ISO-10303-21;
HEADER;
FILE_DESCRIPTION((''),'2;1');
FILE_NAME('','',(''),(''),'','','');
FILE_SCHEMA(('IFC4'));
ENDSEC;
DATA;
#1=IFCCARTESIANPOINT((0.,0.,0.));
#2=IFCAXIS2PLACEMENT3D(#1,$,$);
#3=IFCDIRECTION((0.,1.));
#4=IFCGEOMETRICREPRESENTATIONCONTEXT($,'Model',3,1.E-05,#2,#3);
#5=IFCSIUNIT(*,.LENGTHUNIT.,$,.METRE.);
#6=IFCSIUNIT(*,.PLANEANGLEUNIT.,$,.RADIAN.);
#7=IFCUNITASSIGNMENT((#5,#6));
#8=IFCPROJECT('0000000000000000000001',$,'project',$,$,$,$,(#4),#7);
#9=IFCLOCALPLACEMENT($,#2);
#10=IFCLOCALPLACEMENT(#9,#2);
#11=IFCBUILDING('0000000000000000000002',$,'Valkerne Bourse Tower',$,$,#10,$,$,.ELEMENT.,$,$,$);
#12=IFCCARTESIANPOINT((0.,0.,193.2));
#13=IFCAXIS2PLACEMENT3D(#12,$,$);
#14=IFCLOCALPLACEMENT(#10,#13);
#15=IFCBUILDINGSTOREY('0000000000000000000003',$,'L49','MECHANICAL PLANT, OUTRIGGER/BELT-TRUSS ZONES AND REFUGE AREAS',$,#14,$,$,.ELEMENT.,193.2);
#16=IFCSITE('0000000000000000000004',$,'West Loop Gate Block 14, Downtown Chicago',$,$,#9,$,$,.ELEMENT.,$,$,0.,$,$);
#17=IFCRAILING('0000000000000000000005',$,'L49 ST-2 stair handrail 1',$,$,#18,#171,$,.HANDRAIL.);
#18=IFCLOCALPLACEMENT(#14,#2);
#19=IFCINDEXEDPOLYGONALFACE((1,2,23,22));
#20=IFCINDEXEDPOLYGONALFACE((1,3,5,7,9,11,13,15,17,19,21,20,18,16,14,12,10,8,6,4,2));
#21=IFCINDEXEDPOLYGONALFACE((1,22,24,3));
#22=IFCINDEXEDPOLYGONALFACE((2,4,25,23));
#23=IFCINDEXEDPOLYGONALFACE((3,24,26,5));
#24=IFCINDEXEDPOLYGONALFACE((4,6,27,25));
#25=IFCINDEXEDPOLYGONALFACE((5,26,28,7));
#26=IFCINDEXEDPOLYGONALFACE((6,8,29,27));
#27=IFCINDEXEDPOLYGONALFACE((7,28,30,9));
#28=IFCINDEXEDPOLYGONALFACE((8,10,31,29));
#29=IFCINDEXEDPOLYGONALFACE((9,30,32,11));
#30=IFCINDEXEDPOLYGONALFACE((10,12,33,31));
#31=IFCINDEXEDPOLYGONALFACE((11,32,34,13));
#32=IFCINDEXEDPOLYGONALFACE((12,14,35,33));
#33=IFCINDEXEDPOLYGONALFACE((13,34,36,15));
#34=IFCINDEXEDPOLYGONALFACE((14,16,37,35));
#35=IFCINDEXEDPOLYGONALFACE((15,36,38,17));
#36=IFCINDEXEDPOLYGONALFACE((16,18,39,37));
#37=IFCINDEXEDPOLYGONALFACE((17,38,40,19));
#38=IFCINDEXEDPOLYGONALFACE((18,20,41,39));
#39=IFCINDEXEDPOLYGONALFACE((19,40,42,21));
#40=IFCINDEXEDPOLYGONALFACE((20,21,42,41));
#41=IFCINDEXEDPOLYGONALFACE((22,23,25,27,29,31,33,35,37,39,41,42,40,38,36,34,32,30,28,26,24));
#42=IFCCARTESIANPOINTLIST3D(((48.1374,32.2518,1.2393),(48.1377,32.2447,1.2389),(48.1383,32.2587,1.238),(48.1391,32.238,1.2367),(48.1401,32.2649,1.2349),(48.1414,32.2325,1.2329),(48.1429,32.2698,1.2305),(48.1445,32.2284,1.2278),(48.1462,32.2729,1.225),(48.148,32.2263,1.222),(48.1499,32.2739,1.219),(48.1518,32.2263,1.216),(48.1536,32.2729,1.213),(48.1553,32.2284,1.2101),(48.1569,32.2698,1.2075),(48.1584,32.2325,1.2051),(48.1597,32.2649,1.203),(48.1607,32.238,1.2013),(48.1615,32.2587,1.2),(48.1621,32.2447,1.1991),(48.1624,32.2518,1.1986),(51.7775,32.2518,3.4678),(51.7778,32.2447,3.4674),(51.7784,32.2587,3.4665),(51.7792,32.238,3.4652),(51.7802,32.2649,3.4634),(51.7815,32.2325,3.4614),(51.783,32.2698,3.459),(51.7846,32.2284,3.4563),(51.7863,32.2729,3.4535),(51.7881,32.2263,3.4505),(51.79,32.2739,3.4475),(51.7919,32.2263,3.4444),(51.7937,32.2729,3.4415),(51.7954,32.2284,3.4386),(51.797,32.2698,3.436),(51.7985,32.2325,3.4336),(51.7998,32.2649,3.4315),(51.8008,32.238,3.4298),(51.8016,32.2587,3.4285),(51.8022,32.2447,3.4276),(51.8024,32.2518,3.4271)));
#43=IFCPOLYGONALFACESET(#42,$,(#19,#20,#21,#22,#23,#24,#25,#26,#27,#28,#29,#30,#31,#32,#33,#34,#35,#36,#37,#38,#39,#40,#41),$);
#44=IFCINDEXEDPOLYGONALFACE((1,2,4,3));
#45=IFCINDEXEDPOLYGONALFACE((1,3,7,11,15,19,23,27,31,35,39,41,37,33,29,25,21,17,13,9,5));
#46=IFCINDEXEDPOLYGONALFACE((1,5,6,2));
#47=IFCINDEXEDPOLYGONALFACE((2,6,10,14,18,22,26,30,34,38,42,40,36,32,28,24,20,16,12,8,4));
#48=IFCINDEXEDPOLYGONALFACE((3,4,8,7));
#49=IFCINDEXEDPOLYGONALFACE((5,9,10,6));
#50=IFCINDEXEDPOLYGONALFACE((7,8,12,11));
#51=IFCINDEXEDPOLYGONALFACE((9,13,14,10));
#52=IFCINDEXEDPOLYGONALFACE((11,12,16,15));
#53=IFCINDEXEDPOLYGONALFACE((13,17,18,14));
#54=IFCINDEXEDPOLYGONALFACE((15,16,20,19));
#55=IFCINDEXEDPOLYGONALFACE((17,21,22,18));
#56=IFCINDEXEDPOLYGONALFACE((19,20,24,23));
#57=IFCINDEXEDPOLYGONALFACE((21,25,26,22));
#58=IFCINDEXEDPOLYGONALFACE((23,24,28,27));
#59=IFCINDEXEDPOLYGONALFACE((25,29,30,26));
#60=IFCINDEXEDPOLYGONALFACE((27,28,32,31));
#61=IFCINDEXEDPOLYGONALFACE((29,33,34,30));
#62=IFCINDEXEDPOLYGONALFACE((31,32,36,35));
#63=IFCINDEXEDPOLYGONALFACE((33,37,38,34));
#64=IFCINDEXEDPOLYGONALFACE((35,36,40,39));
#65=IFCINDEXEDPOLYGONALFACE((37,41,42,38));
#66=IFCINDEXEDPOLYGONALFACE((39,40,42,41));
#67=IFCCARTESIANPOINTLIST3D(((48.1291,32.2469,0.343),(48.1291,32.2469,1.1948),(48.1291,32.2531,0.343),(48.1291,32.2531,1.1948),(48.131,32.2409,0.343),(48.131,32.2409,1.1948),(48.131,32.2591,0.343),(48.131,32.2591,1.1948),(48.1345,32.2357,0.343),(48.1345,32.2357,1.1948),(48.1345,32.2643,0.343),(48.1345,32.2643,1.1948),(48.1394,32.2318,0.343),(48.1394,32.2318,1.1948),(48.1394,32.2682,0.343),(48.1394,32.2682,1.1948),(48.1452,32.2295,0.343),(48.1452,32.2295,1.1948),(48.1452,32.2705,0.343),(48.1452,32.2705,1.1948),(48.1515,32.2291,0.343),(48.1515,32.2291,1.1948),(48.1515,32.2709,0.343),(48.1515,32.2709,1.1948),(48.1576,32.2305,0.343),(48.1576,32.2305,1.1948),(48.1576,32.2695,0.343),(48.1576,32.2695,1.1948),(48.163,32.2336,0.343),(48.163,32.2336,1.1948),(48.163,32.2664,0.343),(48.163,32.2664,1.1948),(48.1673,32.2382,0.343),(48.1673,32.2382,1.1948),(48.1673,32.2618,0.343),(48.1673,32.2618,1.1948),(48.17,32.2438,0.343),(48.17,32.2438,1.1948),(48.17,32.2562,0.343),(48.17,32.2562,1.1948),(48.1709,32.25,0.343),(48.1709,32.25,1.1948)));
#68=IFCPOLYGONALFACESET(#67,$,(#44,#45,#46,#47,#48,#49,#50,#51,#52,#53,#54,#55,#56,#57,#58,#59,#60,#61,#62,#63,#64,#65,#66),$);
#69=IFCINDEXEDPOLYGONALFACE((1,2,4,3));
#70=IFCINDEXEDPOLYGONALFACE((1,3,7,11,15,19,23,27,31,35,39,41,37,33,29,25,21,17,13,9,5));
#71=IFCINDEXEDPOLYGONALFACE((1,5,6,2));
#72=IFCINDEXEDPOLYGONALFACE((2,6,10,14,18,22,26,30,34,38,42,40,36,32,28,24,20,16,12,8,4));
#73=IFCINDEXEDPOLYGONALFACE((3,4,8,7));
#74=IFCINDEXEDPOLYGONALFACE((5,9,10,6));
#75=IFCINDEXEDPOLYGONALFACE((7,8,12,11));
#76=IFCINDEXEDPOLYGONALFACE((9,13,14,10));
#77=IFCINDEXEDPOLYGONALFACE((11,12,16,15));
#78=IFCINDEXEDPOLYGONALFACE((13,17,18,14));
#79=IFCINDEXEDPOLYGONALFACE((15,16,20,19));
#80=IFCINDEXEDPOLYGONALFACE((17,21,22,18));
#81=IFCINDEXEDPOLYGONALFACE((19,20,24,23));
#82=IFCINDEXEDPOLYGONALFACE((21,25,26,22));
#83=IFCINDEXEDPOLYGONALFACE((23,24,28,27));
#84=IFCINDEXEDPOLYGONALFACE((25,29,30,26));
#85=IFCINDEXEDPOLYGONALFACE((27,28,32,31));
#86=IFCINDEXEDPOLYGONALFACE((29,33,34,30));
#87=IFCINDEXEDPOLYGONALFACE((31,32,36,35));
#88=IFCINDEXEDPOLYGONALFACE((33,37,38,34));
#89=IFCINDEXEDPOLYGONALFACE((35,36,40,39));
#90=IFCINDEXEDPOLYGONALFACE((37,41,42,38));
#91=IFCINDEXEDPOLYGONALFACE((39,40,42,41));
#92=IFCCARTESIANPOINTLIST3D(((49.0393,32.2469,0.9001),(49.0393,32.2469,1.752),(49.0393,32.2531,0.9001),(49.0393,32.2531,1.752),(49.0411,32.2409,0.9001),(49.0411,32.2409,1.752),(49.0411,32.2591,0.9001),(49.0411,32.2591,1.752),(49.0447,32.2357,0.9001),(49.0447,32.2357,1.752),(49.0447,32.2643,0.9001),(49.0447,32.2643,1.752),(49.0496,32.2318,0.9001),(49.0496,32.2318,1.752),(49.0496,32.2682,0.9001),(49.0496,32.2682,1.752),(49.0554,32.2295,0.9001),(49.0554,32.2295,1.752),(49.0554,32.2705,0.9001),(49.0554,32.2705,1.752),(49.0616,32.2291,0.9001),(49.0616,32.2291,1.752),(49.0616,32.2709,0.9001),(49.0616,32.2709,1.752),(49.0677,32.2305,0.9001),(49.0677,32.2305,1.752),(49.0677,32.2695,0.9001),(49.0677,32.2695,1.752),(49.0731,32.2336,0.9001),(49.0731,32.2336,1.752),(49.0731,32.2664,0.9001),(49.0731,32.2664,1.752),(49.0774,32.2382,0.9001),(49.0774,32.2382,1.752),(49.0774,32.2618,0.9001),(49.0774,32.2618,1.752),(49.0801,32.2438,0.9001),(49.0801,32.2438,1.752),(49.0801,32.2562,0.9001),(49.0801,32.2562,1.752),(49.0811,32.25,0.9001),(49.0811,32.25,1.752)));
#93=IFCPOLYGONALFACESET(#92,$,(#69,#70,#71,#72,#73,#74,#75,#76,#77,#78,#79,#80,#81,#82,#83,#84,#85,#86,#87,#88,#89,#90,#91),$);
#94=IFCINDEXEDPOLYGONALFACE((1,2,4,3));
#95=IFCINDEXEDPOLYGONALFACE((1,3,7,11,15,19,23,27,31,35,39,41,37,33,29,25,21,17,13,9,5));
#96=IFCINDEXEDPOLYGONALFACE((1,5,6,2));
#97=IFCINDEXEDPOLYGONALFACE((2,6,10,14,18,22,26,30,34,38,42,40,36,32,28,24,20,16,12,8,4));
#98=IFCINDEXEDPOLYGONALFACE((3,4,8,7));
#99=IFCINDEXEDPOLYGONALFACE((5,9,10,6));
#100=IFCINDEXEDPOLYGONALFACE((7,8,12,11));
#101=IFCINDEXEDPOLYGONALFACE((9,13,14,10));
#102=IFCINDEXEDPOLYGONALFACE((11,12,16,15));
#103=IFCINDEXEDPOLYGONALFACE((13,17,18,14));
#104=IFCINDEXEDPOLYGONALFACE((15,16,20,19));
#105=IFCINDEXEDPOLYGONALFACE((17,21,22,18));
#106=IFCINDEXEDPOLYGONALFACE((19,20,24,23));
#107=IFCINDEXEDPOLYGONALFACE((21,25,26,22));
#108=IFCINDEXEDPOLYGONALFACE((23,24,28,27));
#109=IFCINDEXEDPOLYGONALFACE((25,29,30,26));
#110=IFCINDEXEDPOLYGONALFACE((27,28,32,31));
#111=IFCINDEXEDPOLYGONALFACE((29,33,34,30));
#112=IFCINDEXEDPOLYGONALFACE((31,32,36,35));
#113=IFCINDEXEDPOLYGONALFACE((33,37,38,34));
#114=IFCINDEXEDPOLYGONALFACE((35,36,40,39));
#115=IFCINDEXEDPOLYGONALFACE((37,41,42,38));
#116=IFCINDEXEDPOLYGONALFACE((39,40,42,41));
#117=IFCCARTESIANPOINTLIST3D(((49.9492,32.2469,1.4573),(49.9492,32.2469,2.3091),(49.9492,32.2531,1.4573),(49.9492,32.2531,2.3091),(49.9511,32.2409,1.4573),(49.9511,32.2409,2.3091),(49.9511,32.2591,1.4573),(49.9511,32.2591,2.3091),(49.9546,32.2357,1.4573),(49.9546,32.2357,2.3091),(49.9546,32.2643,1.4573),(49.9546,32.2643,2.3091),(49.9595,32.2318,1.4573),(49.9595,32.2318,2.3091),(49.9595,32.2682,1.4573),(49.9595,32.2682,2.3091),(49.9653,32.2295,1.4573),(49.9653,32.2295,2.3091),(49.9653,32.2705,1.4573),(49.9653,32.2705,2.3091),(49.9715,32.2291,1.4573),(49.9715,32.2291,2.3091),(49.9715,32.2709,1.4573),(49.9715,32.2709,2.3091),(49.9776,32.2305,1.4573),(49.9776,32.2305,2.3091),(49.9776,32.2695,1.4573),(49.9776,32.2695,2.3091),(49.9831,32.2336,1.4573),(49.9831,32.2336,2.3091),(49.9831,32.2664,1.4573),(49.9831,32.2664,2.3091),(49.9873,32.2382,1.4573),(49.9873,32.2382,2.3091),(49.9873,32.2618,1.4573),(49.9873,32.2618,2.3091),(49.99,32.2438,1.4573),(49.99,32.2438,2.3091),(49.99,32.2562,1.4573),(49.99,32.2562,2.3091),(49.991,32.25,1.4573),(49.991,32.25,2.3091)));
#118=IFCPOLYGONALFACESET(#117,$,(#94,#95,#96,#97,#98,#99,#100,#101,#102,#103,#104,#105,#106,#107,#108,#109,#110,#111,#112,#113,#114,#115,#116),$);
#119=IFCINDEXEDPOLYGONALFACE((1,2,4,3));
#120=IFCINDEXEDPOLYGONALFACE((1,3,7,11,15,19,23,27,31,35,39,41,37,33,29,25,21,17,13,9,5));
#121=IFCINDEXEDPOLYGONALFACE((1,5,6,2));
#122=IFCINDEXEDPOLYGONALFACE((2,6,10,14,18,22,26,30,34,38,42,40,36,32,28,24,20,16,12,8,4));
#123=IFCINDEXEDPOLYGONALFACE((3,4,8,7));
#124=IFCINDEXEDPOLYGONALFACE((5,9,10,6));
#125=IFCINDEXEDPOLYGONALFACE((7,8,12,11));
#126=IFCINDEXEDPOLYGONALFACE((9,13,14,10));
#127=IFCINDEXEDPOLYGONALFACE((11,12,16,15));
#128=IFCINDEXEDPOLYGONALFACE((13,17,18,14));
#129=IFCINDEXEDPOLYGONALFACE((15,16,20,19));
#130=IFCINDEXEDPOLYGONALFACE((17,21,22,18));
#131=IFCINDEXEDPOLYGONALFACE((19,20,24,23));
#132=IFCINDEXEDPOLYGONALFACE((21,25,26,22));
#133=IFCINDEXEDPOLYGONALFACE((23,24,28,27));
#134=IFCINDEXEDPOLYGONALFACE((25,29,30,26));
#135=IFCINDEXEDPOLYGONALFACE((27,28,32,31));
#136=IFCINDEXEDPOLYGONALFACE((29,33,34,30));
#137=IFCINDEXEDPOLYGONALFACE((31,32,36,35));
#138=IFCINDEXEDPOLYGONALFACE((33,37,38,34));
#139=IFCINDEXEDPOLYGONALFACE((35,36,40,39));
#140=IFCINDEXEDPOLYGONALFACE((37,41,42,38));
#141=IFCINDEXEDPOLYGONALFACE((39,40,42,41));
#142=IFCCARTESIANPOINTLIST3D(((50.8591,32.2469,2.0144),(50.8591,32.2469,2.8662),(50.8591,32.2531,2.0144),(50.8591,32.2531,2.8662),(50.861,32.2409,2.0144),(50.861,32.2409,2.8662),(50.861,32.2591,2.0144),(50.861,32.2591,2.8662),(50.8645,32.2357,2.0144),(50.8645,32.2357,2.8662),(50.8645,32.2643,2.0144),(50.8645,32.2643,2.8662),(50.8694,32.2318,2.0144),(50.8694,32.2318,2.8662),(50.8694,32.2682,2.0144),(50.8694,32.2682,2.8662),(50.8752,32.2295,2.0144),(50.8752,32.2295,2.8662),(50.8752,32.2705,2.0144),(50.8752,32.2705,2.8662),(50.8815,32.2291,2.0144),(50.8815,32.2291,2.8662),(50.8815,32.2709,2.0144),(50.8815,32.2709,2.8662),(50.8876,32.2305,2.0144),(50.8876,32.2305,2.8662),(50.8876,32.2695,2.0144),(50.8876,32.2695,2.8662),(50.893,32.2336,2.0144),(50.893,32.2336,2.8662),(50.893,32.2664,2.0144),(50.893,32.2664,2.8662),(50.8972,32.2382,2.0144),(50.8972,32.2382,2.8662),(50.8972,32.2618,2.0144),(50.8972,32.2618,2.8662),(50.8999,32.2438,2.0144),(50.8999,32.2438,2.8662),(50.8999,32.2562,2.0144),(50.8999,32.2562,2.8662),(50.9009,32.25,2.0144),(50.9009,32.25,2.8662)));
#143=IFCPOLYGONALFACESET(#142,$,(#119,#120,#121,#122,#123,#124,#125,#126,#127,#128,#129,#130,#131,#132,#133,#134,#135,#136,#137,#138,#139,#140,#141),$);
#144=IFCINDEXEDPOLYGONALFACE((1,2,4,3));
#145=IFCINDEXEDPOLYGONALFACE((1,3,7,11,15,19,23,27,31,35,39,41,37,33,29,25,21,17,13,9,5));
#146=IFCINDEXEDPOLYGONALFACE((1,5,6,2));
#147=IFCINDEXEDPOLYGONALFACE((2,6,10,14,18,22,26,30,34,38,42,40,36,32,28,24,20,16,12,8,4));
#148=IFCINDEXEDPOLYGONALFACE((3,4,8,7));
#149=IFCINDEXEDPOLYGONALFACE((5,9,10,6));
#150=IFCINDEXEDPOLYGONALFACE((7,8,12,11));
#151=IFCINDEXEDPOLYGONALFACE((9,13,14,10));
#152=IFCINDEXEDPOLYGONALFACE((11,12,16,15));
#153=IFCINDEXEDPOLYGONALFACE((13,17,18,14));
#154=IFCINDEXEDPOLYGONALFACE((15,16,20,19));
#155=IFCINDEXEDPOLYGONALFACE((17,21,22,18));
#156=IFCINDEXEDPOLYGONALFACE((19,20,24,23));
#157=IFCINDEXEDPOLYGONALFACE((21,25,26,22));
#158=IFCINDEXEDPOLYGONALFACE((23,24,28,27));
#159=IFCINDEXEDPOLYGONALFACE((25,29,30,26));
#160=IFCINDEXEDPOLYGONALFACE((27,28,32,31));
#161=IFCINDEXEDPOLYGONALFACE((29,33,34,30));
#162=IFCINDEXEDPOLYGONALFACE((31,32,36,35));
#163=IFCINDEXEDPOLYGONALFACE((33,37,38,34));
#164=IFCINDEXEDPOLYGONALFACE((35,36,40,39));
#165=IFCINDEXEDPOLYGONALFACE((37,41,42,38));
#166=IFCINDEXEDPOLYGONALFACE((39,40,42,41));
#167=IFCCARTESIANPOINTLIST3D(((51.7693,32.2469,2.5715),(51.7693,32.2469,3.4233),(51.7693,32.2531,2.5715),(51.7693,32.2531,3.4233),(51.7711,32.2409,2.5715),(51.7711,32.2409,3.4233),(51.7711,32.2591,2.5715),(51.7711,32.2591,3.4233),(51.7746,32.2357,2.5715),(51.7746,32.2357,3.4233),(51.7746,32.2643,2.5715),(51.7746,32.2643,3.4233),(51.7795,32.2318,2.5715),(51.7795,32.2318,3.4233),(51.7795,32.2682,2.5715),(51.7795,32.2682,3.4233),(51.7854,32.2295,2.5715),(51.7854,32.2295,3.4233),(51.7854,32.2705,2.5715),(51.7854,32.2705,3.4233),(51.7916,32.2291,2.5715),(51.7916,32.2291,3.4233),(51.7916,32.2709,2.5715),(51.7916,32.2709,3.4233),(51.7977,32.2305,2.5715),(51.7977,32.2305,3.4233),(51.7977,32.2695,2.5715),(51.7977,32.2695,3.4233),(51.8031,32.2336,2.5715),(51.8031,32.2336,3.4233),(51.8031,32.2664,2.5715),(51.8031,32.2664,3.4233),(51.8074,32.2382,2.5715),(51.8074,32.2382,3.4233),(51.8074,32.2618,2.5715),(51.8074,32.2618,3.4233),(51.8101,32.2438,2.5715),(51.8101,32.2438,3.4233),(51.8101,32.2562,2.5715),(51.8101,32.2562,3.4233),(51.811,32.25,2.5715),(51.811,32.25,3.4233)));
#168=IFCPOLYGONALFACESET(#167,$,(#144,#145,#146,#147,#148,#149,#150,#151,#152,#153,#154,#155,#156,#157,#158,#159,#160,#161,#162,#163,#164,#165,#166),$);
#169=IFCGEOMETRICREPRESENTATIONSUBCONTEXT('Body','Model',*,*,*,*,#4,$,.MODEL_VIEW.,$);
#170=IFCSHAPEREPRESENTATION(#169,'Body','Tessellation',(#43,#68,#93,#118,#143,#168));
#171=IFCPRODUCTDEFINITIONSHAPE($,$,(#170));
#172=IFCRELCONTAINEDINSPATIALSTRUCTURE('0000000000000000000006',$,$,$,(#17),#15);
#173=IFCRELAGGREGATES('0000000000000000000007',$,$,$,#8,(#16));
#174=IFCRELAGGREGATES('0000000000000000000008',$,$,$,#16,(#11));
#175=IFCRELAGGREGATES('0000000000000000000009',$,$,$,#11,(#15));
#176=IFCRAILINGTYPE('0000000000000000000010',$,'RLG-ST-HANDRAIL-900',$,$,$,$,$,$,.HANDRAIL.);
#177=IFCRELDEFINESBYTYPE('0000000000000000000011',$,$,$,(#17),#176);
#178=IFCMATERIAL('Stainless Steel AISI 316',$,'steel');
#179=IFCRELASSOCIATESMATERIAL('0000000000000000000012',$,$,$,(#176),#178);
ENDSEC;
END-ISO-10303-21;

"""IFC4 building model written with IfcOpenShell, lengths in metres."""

from ifc_helpers import new_model, si_unit, direction, frame, origin, origin_2d, place, context, subcontext, project, spatial, circle, extrude, material, type_object, element, save


model = new_model("IFC4")

# Units and contexts
model_context = context("Model", 3, precision=1e-05, world=origin(), true_north=direction((0.0, 1.0)))
body_context = subcontext(model_context, "Body", "Model", "MODEL_VIEW")
ifc_project = project(units=[si_unit("LENGTHUNIT", "METRE"), si_unit("PLANEANGLEUNIT", "RADIAN")], contexts=[model_context])

# Site, building, storey
site_placement = place(None, origin())
site = spatial("IfcSite", under=ifc_project, at=site_placement, Name="West Loop Gate Block 14, Downtown Chicago", CompositionType="ELEMENT", RefElevation=0.0)
building_placement = place(site_placement, origin())
building = spatial("IfcBuilding", under=site, at=building_placement, Name="Valkerne Bourse Tower", CompositionType="ELEMENT")
storey_placement = place(building_placement, frame((0.0, 0.0, 193.2)))
storey = spatial("IfcBuildingStorey", under=building, at=storey_placement, Name="L49", Description="MECHANICAL PLANT, OUTRIGGER/BELT-TRUSS ZONES AND REFUGE AREAS", CompositionType="ELEMENT", Elevation=193.2)

# Shared definitions
ifc_material_1 = material(Name="Stainless Steel AISI 316", Category="steel")

# Railing
railing_type_1 = type_object("IfcRailingType", Name="RLG-ST-HANDRAIL-900", PredefinedType="HANDRAIL", material=ifc_material_1)
railing_1_placement = place(storey_placement, frame((48.1499, 32.25, 0.343)))
element("IfcRailing", 1, at=railing_1_placement, inside=storey, type_object=railing_type_1, Name="L49 ST-2 stair handrail 1", PredefinedType="HANDRAIL", context=body_context, shape_type="SweptSolid", body=[
    extrude(circle(Radius=0.0239, at=origin_2d()), frame((0.0, 0.0, 0.876), z_axis=(0.852866, 0.0, 0.52213), x_axis=(0.0, 1.0, 0.0)), (0.0, 0.0, 1.0), 4.2681),
    extrude(circle(Radius=0.021, at=origin_2d()), origin(), (0.0, 0.0, 1.0), 0.8518),
    extrude(circle(Radius=0.021, at=origin_2d()), frame((0.9102, 0.0, 0.5571)), (0.0, 0.0, 1.0), 0.8518),
    extrude(circle(Radius=0.021, at=origin_2d()), frame((1.8201, 0.0, 1.1143)), (0.0, 0.0, 1.0), 0.8518),
    extrude(circle(Radius=0.021, at=origin_2d()), frame((2.73, 0.0, 1.6714)), (0.0, 0.0, 1.0), 0.8518),
    extrude(circle(Radius=0.021, at=origin_2d()), frame((3.6401, 0.0, 2.2285)), (0.0, 0.0, 1.0), 0.8518),
])

save(model, "model.ifc")
